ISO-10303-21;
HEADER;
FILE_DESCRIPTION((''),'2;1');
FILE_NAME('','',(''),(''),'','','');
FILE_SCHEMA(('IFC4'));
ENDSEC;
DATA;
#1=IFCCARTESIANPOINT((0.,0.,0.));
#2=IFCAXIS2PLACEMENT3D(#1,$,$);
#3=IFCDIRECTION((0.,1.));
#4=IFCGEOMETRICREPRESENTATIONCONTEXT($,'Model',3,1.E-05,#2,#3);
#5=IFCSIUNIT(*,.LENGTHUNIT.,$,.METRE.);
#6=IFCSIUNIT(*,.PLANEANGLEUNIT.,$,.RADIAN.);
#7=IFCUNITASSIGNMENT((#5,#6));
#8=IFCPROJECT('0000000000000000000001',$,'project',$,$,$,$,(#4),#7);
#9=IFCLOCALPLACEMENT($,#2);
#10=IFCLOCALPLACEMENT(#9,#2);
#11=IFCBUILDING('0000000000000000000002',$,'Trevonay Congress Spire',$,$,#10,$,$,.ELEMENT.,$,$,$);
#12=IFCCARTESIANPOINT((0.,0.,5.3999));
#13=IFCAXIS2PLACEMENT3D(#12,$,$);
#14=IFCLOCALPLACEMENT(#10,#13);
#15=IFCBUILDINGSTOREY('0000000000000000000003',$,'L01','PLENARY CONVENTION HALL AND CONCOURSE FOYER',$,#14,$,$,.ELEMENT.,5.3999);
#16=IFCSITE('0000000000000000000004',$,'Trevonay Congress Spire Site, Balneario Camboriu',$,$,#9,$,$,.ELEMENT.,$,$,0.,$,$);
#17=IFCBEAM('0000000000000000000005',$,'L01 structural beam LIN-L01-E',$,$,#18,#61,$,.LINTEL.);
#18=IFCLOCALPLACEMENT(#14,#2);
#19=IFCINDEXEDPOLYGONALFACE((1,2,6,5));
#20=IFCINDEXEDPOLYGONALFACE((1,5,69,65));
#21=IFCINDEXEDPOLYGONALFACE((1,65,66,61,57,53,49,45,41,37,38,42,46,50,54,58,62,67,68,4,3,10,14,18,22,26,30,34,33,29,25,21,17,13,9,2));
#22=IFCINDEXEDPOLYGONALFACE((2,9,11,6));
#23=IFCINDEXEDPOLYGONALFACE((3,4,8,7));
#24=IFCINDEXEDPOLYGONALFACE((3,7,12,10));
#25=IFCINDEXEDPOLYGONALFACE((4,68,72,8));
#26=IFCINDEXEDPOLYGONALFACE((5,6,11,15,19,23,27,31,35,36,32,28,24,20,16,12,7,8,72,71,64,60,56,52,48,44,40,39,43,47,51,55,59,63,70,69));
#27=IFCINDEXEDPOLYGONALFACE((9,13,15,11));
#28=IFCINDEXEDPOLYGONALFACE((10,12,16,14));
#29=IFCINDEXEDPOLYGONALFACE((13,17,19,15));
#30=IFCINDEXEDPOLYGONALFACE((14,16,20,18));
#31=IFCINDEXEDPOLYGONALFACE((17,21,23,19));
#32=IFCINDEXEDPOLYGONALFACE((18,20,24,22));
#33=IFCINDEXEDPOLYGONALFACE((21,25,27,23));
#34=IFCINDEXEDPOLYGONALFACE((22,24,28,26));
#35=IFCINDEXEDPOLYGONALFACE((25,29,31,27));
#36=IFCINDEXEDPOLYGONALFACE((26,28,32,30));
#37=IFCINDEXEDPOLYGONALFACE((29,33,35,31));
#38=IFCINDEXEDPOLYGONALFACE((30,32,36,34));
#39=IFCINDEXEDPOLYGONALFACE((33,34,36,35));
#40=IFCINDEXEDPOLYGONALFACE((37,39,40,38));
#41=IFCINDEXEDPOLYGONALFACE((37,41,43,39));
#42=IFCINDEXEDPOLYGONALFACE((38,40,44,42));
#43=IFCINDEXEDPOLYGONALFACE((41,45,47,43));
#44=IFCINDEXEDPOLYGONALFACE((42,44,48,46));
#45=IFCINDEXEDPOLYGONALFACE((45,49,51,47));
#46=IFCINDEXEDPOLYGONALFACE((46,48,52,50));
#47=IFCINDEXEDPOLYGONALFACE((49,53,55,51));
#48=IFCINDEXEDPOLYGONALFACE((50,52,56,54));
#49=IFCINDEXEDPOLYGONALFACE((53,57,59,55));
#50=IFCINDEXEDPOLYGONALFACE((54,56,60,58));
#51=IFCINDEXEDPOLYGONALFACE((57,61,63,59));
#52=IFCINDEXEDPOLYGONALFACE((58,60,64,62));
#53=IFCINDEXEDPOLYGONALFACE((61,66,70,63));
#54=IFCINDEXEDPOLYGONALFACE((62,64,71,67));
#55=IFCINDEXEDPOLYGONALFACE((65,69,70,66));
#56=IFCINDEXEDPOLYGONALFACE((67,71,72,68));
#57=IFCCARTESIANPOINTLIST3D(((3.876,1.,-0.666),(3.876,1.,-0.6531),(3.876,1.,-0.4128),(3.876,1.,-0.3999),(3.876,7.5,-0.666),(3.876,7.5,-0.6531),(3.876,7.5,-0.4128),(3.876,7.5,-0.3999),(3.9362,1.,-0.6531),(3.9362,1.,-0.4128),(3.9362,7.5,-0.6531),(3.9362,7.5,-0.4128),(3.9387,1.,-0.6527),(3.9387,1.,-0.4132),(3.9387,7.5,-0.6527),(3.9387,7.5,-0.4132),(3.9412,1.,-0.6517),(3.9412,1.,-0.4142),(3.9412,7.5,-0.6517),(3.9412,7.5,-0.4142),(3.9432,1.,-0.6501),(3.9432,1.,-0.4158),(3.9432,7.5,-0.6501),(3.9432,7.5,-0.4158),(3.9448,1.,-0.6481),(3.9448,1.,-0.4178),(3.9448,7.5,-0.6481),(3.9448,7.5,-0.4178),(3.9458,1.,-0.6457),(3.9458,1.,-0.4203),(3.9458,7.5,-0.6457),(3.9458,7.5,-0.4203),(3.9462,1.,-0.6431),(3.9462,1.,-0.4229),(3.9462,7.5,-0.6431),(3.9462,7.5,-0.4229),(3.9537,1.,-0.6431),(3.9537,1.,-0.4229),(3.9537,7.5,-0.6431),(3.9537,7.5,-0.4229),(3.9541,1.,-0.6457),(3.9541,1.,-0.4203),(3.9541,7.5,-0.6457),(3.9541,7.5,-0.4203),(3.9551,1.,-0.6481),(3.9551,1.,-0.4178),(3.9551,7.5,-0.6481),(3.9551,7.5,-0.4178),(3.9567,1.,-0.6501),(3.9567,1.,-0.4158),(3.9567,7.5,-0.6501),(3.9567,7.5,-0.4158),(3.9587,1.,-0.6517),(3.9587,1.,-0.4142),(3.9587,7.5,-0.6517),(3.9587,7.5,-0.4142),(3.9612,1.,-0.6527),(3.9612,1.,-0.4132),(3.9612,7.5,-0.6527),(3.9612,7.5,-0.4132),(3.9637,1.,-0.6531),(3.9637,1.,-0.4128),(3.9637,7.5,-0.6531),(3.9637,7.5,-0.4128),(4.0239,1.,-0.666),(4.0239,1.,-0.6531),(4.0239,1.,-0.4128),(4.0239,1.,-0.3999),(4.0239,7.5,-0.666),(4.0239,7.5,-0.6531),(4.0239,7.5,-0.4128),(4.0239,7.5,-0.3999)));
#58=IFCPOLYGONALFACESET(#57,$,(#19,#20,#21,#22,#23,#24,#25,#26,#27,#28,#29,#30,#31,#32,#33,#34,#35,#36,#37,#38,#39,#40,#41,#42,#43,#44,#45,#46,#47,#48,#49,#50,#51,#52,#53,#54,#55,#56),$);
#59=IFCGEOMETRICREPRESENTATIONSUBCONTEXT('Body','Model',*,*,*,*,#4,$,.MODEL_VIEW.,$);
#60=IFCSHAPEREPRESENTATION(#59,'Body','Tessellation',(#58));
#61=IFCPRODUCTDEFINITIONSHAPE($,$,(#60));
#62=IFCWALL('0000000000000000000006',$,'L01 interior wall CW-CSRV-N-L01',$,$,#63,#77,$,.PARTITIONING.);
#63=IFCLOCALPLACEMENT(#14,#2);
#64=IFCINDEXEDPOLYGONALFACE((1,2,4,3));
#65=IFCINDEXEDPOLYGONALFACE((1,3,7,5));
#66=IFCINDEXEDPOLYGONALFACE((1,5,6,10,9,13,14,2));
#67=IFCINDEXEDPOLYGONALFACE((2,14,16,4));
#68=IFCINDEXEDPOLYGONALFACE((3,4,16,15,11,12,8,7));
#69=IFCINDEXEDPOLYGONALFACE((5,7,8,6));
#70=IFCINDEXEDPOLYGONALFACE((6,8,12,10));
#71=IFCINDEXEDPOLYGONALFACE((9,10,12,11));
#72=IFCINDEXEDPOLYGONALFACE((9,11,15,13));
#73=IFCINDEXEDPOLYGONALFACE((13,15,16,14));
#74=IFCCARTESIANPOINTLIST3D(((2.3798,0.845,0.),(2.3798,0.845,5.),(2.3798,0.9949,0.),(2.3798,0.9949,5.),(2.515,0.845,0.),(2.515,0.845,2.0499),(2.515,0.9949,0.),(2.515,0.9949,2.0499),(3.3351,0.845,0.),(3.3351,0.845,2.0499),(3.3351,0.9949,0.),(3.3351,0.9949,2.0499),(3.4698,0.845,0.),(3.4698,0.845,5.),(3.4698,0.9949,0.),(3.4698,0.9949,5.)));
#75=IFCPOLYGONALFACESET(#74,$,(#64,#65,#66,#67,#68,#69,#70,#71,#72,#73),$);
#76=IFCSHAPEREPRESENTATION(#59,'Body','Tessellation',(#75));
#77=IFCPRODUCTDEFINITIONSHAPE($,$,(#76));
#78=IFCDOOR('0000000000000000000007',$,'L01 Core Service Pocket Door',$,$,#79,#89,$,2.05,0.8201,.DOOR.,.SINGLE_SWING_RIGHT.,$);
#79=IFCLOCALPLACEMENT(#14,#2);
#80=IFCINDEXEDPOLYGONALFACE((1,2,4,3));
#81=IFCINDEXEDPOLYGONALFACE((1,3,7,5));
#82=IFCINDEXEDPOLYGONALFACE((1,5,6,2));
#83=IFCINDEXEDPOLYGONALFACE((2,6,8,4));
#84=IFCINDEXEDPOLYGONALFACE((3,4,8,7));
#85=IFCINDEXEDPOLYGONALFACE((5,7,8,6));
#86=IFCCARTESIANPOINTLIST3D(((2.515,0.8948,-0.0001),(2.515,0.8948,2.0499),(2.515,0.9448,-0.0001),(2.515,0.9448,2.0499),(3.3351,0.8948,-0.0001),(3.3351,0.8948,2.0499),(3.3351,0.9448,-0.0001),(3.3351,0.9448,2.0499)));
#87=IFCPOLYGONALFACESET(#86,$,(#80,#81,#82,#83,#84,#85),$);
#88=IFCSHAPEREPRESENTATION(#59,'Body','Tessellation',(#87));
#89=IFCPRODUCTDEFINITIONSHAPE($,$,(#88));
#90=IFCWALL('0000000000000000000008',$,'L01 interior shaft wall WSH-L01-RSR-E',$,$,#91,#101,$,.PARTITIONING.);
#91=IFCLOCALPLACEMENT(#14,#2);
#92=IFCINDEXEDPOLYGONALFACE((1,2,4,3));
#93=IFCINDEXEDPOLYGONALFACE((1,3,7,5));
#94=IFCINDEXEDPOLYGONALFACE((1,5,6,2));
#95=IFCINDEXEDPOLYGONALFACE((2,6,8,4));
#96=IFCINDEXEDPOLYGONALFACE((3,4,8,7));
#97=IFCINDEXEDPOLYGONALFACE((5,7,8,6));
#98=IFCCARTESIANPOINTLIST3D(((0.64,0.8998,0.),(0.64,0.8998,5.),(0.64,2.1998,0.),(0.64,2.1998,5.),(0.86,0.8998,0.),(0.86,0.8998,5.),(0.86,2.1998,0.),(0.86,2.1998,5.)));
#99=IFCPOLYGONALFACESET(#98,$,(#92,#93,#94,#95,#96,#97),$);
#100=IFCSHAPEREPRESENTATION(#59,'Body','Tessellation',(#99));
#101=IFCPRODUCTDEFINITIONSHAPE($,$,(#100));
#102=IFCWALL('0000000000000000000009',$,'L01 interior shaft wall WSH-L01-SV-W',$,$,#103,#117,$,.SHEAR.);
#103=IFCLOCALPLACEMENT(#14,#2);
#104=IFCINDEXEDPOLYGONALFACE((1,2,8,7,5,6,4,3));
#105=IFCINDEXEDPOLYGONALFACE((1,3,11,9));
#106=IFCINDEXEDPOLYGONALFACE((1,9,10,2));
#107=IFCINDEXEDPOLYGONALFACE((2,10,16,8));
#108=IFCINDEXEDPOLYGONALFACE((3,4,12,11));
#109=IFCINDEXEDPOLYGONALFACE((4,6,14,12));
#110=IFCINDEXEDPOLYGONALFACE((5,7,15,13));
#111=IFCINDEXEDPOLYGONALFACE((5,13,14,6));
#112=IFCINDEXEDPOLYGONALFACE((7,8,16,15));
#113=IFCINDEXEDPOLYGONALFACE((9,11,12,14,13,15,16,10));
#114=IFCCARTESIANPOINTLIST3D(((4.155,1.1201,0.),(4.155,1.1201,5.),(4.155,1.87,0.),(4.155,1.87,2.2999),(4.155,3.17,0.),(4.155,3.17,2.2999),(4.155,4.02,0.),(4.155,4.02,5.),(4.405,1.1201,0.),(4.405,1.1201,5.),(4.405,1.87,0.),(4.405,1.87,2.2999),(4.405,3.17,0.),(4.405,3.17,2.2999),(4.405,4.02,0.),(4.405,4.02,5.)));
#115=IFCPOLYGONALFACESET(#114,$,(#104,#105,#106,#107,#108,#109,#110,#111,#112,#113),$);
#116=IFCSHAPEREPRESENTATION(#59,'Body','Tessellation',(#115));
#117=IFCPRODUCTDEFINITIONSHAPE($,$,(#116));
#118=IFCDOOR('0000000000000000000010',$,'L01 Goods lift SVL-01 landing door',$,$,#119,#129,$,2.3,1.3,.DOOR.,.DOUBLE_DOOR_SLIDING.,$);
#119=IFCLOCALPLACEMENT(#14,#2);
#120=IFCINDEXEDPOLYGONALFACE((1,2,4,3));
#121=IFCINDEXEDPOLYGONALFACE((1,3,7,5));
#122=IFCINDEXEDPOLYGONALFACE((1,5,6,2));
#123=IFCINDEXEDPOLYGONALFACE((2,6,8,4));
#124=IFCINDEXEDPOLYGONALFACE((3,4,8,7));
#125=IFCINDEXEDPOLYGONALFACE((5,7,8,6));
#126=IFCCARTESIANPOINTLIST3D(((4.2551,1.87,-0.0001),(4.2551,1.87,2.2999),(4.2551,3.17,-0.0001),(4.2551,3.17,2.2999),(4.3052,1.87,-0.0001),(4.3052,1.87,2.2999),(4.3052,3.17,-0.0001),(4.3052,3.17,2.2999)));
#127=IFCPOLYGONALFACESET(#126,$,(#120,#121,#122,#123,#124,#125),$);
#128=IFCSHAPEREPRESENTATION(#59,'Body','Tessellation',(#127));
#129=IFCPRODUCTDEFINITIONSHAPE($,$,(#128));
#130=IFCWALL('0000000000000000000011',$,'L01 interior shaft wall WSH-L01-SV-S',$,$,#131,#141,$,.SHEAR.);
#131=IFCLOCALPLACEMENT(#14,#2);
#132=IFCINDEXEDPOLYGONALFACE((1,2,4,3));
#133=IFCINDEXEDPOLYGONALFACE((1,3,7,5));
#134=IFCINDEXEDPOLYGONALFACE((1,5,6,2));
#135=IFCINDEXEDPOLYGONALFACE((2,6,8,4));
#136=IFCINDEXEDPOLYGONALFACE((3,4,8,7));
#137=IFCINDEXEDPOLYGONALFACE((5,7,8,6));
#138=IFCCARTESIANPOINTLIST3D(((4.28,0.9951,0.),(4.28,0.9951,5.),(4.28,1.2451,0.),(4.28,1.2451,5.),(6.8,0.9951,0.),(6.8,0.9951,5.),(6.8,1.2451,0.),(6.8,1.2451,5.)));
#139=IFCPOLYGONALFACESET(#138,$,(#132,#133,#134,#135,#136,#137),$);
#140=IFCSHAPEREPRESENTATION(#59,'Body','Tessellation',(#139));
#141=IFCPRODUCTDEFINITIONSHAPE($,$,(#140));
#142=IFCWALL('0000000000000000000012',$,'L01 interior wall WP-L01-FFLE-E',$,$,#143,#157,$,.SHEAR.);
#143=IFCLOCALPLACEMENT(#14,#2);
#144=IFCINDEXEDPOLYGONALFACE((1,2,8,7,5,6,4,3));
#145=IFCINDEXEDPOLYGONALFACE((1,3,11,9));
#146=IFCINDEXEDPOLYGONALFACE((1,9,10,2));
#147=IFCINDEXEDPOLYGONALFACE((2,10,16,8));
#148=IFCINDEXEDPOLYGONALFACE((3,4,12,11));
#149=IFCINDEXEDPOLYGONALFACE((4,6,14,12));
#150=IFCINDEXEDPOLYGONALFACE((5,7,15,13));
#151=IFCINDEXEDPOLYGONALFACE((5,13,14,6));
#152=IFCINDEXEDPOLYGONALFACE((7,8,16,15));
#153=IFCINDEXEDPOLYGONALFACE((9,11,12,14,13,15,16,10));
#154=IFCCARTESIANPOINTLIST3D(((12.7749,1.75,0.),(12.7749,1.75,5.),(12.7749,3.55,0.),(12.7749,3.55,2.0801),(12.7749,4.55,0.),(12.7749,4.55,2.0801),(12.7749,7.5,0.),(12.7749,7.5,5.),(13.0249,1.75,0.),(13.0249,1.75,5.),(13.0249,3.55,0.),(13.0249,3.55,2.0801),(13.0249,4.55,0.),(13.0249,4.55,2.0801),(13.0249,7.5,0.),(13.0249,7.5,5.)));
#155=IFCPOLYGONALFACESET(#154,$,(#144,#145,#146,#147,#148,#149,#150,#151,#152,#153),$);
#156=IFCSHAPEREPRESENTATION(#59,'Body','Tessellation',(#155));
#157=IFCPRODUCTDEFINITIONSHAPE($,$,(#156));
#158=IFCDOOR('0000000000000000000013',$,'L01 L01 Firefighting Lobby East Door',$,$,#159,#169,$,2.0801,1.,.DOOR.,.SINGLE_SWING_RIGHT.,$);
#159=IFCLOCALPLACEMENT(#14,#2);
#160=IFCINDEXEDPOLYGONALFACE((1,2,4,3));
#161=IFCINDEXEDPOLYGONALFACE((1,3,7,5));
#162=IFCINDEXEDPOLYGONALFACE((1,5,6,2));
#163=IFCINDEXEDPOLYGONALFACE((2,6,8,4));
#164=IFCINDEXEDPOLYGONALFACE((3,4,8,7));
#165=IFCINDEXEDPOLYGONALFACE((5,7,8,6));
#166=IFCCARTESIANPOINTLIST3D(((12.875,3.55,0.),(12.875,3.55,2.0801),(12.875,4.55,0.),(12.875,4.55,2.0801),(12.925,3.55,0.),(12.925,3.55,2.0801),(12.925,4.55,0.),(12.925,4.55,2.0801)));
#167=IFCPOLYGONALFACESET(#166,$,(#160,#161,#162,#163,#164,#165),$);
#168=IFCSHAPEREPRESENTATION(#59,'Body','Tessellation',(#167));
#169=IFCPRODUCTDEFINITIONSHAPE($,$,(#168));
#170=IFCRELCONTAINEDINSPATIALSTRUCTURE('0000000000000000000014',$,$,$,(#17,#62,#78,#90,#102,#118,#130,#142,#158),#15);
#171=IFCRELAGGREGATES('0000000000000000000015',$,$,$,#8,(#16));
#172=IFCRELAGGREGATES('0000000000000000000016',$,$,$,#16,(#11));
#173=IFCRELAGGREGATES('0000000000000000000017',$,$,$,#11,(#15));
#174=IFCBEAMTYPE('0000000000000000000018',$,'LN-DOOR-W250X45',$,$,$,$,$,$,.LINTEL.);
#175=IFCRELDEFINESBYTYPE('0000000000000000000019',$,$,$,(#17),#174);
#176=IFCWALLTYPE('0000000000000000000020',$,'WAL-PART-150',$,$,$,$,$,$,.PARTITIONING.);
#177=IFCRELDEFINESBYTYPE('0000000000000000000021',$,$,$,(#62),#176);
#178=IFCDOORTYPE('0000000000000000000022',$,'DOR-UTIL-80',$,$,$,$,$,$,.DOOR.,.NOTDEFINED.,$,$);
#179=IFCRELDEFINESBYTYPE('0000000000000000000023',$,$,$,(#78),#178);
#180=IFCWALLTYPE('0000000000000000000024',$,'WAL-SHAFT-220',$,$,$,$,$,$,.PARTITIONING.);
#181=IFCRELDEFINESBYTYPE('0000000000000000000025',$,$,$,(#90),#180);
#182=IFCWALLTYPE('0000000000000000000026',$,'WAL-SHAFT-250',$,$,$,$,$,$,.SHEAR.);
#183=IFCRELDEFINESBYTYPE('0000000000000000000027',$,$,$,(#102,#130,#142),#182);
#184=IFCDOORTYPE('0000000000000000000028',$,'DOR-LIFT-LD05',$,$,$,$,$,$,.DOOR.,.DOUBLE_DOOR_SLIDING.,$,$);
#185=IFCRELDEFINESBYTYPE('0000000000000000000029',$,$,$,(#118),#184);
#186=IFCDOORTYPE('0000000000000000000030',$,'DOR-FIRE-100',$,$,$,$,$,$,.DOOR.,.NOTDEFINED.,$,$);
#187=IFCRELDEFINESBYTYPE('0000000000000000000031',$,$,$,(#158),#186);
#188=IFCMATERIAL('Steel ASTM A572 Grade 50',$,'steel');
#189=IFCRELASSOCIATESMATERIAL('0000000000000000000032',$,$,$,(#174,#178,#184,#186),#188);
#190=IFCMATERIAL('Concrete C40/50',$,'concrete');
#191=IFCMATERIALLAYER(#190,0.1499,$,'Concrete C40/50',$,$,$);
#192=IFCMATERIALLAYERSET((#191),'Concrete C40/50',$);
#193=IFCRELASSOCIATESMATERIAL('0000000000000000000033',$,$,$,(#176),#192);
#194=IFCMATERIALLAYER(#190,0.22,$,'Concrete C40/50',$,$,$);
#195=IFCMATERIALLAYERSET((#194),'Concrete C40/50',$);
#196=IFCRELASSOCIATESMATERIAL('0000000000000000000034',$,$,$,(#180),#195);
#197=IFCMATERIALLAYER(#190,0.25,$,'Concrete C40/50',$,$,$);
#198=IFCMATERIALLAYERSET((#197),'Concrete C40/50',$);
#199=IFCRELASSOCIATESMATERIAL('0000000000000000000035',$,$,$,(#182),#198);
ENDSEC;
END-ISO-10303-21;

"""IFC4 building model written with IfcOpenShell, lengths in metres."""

from ifc_helpers import new_model, si_unit, direction, frame, frame_2d, origin, origin_2d, place, context, subcontext, project, spatial, rectangle, i_section, extrude, material, layer, layer_set, material_profile, profile_set, type_object, element, fill, save


model = new_model("IFC4")

# Units and contexts
model_context = context("Model", 3, precision=1e-05, world=origin(), true_north=direction((0.0, 1.0)))
body_context = subcontext(model_context, "Body", "Model", "MODEL_VIEW")
ifc_project = project(units=[si_unit("LENGTHUNIT", "METRE"), si_unit("PLANEANGLEUNIT", "RADIAN")], contexts=[model_context])

# Site, building, storey
site_placement = place(None, origin())
site = spatial("IfcSite", under=ifc_project, at=site_placement, Name="Trevonay Congress Spire Site, Balneario Camboriu", CompositionType="ELEMENT", RefElevation=0.0)
building_placement = place(site_placement, origin())
building = spatial("IfcBuilding", under=site, at=building_placement, Name="Trevonay Congress Spire", CompositionType="ELEMENT")
storey_placement = place(building_placement, frame((0.0, 0.0, 5.3999)))
storey = spatial("IfcBuildingStorey", under=building, at=storey_placement, Name="L01", Description="PLENARY CONVENTION HALL AND CONCOURSE FOYER", CompositionType="ELEMENT", Elevation=5.3999)

# Shared definitions
ifc_material_1 = material(Name="Steel ASTM A572 Grade 50", Category="steel")

# Beam
ifc_material_profile_1 = material_profile(ifc_material_1, i_section(OverallWidth=0.1479, OverallDepth=0.2661, WebThickness=0.0076, FlangeThickness=0.0129, FilletRadius=0.01, at=origin_2d()), Name="W250x44.8")
ifc_profile_set_1 = profile_set([ifc_material_profile_1], Name="Steel ASTM A572 Grade 50")
beam_type_1 = type_object("IfcBeamType", Name="LN-DOOR-W250X45", PredefinedType="LINTEL", material=ifc_profile_set_1)
beam_1_placement = place(storey_placement, frame((3.95, 1.0, -0.533), z_axis=(0.0, 1.0, 0.0), x_axis=(-1.0, 0.0, 0.0)))
element("IfcBeam", 1, at=beam_1_placement, inside=storey, type_object=beam_type_1, Name="L01 structural beam LIN-L01-E", PredefinedType="LINTEL", context=body_context, shape_type="SweptSolid", body=[
    extrude(i_section(OverallWidth=0.1479, OverallDepth=0.2661, WebThickness=0.0076, FlangeThickness=0.0129, FilletRadius=0.01, at=origin_2d()), origin(), (0.0, 0.0, 1.0), 6.5),
])

# Wall, opening, door
ifc_material_2 = material(Name="Concrete C40/50", Category="concrete")
ifc_layer_1 = layer(ifc_material_2, 0.1499, Name="Concrete C40/50")
ifc_layer_set_1 = layer_set([ifc_layer_1], Name="Concrete C40/50")
wall_type_1 = type_object("IfcWallType", Name="WAL-PART-150", PredefinedType="PARTITIONING", material=ifc_layer_set_1)
wall_1_placement = place(storey_placement, frame((2.3799, 0.9199, 0.0), z_axis=(0.0, 0.0, 1.0), x_axis=(1.0, 0.0, 0.0)))
wall_1 = element("IfcWall", 2, at=wall_1_placement, inside=storey, type_object=wall_type_1, Name="L01 interior wall CW-CSRV-N-L01", PredefinedType="PARTITIONING", context=body_context, shape_type="SweptSolid", body=[
    extrude(rectangle(XDim=1.0901, YDim=0.1499, at=frame_2d((0.5449, 0.0))), origin(), (0.0, 0.0, 1.0), 5.0),
])
opening_1_placement = place(wall_1_placement, frame((0.135, 0.0, 0.0)))
opening_1 = element("IfcOpeningElement", 3, at=opening_1_placement, cuts=wall_1, PredefinedType="OPENING", context=body_context, shape_type="SweptSolid", body=[
    extrude(rectangle(XDim=0.8201, YDim=2.05, at=frame_2d((0.4102, 1.0249))), frame((0.0, 0.085, 0.0), z_axis=(0.0, -1.0, 0.0), x_axis=(1.0, 0.0, 0.0)), (0.0, 0.0, 1.0), 0.1699),
])
door_type_1 = type_object("IfcDoorType", Name="DOR-UTIL-80", OperationType="NOTDEFINED", PredefinedType="DOOR", material=ifc_material_1)
door_1_placement = place(opening_1_placement, origin())
door_1 = element("IfcDoor", 4, at=door_1_placement, inside=storey, type_object=door_type_1, Name="L01 Core Service Pocket Door", OperationType="SINGLE_SWING_RIGHT", OverallHeight=2.05, OverallWidth=0.8201, PredefinedType="DOOR", context=body_context, shape_type="SweptSolid", body=[
    extrude(rectangle(XDim=0.8201, YDim=2.05, at=frame_2d((0.4102, 1.0249))), frame((0.0, 0.0249, 0.0), z_axis=(0.0, -1.0, 0.0), x_axis=(1.0, 0.0, 0.0)), (0.0, 0.0, 1.0), 0.05),
])
fill(opening_1, door_1)

# Wall
ifc_layer_2 = layer(ifc_material_2, 0.22, Name="Concrete C40/50")
ifc_layer_set_2 = layer_set([ifc_layer_2], Name="Concrete C40/50")
wall_type_2 = type_object("IfcWallType", Name="WAL-SHAFT-220", PredefinedType="PARTITIONING", material=ifc_layer_set_2)
wall_2_placement = place(storey_placement, frame((0.75, 0.8999, 0.0), z_axis=(0.0, 0.0, 1.0), x_axis=(0.0, 1.0, 0.0)))
element("IfcWall", 5, at=wall_2_placement, inside=storey, type_object=wall_type_2, Name="L01 interior shaft wall WSH-L01-RSR-E", PredefinedType="PARTITIONING", context=body_context, shape_type="SweptSolid", body=[
    extrude(rectangle(XDim=1.3, YDim=0.22, at=frame_2d((0.6499, 0.0))), origin(), (0.0, 0.0, 1.0), 5.0),
])

# Wall, opening, door
ifc_layer_3 = layer(ifc_material_2, 0.25, Name="Concrete C40/50")
ifc_layer_set_3 = layer_set([ifc_layer_3], Name="Concrete C40/50")
wall_type_3 = type_object("IfcWallType", Name="WAL-SHAFT-250", PredefinedType="SHEAR", material=ifc_layer_set_3)
wall_3_placement = place(storey_placement, frame((4.28, 1.1201, 0.0), z_axis=(0.0, 0.0, 1.0), x_axis=(0.0, 1.0, 0.0)))
wall_3 = element("IfcWall", 6, at=wall_3_placement, inside=storey, type_object=wall_type_3, Name="L01 interior shaft wall WSH-L01-SV-W", PredefinedType="SHEAR", context=body_context, shape_type="SweptSolid", body=[
    extrude(rectangle(XDim=2.8999, YDim=0.25, at=frame_2d((1.45, 0.0))), origin(), (0.0, 0.0, 1.0), 5.0),
])
opening_2_placement = place(wall_3_placement, frame((0.75, 0.0, 0.0)))
opening_2 = element("IfcOpeningElement", 7, at=opening_2_placement, cuts=wall_3, PredefinedType="OPENING", context=body_context, shape_type="SweptSolid", body=[
    extrude(rectangle(XDim=1.3, YDim=2.3, at=frame_2d((0.6499, 1.1499))), frame((0.0, 0.135, 0.0), z_axis=(0.0, -1.0, 0.0), x_axis=(1.0, 0.0, 0.0)), (0.0, 0.0, 1.0), 0.27),
])
door_type_2 = type_object("IfcDoorType", Name="DOR-LIFT-LD05", OperationType="DOUBLE_DOOR_SLIDING", PredefinedType="DOOR", material=ifc_material_1)
door_2_placement = place(opening_2_placement, origin())
door_2 = element("IfcDoor", 8, at=door_2_placement, inside=storey, type_object=door_type_2, Name="L01 Goods lift SVL-01 landing door", OperationType="DOUBLE_DOOR_SLIDING", OverallHeight=2.3, OverallWidth=1.3, PredefinedType="DOOR", context=body_context, shape_type="SweptSolid", body=[
    extrude(rectangle(XDim=1.3, YDim=2.3, at=frame_2d((0.6499, 1.1499))), frame((0.0, 0.0249, 0.0), z_axis=(0.0, -1.0, 0.0), x_axis=(1.0, 0.0, 0.0)), (0.0, 0.0, 1.0), 0.05),
])
fill(opening_2, door_2)

# Wall
wall_4_placement = place(storey_placement, frame((4.28, 1.1201, 0.0), z_axis=(0.0, 0.0, 1.0), x_axis=(1.0, 0.0, 0.0)))
element("IfcWall", 9, at=wall_4_placement, inside=storey, type_object=wall_type_3, Name="L01 interior shaft wall WSH-L01-SV-S", PredefinedType="SHEAR", context=body_context, shape_type="SweptSolid", body=[
    extrude(rectangle(XDim=2.52, YDim=0.25, at=frame_2d((1.26, 0.0))), origin(), (0.0, 0.0, 1.0), 5.0),
])

# Wall, opening, door
wall_5_placement = place(storey_placement, frame((12.8999, 1.75, 0.0), z_axis=(0.0, 0.0, 1.0), x_axis=(0.0, 1.0, 0.0)))
wall_5 = element("IfcWall", 10, at=wall_5_placement, inside=storey, type_object=wall_type_3, Name="L01 interior wall WP-L01-FFLE-E", PredefinedType="SHEAR", context=body_context, shape_type="SweptSolid", body=[
    extrude(rectangle(XDim=5.75, YDim=0.25, at=frame_2d((2.875, 0.0))), origin(), (0.0, 0.0, 1.0), 5.0),
])
opening_3_placement = place(wall_5_placement, frame((1.8, 0.0, 0.0)))
opening_3 = element("IfcOpeningElement", 11, at=opening_3_placement, cuts=wall_5, PredefinedType="OPENING", context=body_context, shape_type="SweptSolid", body=[
    extrude(rectangle(XDim=1.0, YDim=2.0801, at=frame_2d((0.5, 1.04))), frame((0.0, 0.135, 0.0), z_axis=(0.0, -1.0, 0.0), x_axis=(1.0, 0.0, 0.0)), (0.0, 0.0, 1.0), 0.27),
])
door_type_3 = type_object("IfcDoorType", Name="DOR-FIRE-100", OperationType="NOTDEFINED", PredefinedType="DOOR", material=ifc_material_1)
door_3_placement = place(opening_3_placement, origin())
door_3 = element("IfcDoor", 12, at=door_3_placement, inside=storey, type_object=door_type_3, Name="L01 L01 Firefighting Lobby East Door", OperationType="SINGLE_SWING_RIGHT", OverallHeight=2.0801, OverallWidth=1.0, PredefinedType="DOOR", context=body_context, shape_type="SweptSolid", body=[
    extrude(rectangle(XDim=1.0, YDim=2.0801, at=frame_2d((0.5, 1.04))), frame((0.0, 0.0249, 0.0), z_axis=(0.0, -1.0, 0.0), x_axis=(1.0, 0.0, 0.0)), (0.0, 0.0, 1.0), 0.05),
])
fill(opening_3, door_3)

save(model, "model.ifc")
